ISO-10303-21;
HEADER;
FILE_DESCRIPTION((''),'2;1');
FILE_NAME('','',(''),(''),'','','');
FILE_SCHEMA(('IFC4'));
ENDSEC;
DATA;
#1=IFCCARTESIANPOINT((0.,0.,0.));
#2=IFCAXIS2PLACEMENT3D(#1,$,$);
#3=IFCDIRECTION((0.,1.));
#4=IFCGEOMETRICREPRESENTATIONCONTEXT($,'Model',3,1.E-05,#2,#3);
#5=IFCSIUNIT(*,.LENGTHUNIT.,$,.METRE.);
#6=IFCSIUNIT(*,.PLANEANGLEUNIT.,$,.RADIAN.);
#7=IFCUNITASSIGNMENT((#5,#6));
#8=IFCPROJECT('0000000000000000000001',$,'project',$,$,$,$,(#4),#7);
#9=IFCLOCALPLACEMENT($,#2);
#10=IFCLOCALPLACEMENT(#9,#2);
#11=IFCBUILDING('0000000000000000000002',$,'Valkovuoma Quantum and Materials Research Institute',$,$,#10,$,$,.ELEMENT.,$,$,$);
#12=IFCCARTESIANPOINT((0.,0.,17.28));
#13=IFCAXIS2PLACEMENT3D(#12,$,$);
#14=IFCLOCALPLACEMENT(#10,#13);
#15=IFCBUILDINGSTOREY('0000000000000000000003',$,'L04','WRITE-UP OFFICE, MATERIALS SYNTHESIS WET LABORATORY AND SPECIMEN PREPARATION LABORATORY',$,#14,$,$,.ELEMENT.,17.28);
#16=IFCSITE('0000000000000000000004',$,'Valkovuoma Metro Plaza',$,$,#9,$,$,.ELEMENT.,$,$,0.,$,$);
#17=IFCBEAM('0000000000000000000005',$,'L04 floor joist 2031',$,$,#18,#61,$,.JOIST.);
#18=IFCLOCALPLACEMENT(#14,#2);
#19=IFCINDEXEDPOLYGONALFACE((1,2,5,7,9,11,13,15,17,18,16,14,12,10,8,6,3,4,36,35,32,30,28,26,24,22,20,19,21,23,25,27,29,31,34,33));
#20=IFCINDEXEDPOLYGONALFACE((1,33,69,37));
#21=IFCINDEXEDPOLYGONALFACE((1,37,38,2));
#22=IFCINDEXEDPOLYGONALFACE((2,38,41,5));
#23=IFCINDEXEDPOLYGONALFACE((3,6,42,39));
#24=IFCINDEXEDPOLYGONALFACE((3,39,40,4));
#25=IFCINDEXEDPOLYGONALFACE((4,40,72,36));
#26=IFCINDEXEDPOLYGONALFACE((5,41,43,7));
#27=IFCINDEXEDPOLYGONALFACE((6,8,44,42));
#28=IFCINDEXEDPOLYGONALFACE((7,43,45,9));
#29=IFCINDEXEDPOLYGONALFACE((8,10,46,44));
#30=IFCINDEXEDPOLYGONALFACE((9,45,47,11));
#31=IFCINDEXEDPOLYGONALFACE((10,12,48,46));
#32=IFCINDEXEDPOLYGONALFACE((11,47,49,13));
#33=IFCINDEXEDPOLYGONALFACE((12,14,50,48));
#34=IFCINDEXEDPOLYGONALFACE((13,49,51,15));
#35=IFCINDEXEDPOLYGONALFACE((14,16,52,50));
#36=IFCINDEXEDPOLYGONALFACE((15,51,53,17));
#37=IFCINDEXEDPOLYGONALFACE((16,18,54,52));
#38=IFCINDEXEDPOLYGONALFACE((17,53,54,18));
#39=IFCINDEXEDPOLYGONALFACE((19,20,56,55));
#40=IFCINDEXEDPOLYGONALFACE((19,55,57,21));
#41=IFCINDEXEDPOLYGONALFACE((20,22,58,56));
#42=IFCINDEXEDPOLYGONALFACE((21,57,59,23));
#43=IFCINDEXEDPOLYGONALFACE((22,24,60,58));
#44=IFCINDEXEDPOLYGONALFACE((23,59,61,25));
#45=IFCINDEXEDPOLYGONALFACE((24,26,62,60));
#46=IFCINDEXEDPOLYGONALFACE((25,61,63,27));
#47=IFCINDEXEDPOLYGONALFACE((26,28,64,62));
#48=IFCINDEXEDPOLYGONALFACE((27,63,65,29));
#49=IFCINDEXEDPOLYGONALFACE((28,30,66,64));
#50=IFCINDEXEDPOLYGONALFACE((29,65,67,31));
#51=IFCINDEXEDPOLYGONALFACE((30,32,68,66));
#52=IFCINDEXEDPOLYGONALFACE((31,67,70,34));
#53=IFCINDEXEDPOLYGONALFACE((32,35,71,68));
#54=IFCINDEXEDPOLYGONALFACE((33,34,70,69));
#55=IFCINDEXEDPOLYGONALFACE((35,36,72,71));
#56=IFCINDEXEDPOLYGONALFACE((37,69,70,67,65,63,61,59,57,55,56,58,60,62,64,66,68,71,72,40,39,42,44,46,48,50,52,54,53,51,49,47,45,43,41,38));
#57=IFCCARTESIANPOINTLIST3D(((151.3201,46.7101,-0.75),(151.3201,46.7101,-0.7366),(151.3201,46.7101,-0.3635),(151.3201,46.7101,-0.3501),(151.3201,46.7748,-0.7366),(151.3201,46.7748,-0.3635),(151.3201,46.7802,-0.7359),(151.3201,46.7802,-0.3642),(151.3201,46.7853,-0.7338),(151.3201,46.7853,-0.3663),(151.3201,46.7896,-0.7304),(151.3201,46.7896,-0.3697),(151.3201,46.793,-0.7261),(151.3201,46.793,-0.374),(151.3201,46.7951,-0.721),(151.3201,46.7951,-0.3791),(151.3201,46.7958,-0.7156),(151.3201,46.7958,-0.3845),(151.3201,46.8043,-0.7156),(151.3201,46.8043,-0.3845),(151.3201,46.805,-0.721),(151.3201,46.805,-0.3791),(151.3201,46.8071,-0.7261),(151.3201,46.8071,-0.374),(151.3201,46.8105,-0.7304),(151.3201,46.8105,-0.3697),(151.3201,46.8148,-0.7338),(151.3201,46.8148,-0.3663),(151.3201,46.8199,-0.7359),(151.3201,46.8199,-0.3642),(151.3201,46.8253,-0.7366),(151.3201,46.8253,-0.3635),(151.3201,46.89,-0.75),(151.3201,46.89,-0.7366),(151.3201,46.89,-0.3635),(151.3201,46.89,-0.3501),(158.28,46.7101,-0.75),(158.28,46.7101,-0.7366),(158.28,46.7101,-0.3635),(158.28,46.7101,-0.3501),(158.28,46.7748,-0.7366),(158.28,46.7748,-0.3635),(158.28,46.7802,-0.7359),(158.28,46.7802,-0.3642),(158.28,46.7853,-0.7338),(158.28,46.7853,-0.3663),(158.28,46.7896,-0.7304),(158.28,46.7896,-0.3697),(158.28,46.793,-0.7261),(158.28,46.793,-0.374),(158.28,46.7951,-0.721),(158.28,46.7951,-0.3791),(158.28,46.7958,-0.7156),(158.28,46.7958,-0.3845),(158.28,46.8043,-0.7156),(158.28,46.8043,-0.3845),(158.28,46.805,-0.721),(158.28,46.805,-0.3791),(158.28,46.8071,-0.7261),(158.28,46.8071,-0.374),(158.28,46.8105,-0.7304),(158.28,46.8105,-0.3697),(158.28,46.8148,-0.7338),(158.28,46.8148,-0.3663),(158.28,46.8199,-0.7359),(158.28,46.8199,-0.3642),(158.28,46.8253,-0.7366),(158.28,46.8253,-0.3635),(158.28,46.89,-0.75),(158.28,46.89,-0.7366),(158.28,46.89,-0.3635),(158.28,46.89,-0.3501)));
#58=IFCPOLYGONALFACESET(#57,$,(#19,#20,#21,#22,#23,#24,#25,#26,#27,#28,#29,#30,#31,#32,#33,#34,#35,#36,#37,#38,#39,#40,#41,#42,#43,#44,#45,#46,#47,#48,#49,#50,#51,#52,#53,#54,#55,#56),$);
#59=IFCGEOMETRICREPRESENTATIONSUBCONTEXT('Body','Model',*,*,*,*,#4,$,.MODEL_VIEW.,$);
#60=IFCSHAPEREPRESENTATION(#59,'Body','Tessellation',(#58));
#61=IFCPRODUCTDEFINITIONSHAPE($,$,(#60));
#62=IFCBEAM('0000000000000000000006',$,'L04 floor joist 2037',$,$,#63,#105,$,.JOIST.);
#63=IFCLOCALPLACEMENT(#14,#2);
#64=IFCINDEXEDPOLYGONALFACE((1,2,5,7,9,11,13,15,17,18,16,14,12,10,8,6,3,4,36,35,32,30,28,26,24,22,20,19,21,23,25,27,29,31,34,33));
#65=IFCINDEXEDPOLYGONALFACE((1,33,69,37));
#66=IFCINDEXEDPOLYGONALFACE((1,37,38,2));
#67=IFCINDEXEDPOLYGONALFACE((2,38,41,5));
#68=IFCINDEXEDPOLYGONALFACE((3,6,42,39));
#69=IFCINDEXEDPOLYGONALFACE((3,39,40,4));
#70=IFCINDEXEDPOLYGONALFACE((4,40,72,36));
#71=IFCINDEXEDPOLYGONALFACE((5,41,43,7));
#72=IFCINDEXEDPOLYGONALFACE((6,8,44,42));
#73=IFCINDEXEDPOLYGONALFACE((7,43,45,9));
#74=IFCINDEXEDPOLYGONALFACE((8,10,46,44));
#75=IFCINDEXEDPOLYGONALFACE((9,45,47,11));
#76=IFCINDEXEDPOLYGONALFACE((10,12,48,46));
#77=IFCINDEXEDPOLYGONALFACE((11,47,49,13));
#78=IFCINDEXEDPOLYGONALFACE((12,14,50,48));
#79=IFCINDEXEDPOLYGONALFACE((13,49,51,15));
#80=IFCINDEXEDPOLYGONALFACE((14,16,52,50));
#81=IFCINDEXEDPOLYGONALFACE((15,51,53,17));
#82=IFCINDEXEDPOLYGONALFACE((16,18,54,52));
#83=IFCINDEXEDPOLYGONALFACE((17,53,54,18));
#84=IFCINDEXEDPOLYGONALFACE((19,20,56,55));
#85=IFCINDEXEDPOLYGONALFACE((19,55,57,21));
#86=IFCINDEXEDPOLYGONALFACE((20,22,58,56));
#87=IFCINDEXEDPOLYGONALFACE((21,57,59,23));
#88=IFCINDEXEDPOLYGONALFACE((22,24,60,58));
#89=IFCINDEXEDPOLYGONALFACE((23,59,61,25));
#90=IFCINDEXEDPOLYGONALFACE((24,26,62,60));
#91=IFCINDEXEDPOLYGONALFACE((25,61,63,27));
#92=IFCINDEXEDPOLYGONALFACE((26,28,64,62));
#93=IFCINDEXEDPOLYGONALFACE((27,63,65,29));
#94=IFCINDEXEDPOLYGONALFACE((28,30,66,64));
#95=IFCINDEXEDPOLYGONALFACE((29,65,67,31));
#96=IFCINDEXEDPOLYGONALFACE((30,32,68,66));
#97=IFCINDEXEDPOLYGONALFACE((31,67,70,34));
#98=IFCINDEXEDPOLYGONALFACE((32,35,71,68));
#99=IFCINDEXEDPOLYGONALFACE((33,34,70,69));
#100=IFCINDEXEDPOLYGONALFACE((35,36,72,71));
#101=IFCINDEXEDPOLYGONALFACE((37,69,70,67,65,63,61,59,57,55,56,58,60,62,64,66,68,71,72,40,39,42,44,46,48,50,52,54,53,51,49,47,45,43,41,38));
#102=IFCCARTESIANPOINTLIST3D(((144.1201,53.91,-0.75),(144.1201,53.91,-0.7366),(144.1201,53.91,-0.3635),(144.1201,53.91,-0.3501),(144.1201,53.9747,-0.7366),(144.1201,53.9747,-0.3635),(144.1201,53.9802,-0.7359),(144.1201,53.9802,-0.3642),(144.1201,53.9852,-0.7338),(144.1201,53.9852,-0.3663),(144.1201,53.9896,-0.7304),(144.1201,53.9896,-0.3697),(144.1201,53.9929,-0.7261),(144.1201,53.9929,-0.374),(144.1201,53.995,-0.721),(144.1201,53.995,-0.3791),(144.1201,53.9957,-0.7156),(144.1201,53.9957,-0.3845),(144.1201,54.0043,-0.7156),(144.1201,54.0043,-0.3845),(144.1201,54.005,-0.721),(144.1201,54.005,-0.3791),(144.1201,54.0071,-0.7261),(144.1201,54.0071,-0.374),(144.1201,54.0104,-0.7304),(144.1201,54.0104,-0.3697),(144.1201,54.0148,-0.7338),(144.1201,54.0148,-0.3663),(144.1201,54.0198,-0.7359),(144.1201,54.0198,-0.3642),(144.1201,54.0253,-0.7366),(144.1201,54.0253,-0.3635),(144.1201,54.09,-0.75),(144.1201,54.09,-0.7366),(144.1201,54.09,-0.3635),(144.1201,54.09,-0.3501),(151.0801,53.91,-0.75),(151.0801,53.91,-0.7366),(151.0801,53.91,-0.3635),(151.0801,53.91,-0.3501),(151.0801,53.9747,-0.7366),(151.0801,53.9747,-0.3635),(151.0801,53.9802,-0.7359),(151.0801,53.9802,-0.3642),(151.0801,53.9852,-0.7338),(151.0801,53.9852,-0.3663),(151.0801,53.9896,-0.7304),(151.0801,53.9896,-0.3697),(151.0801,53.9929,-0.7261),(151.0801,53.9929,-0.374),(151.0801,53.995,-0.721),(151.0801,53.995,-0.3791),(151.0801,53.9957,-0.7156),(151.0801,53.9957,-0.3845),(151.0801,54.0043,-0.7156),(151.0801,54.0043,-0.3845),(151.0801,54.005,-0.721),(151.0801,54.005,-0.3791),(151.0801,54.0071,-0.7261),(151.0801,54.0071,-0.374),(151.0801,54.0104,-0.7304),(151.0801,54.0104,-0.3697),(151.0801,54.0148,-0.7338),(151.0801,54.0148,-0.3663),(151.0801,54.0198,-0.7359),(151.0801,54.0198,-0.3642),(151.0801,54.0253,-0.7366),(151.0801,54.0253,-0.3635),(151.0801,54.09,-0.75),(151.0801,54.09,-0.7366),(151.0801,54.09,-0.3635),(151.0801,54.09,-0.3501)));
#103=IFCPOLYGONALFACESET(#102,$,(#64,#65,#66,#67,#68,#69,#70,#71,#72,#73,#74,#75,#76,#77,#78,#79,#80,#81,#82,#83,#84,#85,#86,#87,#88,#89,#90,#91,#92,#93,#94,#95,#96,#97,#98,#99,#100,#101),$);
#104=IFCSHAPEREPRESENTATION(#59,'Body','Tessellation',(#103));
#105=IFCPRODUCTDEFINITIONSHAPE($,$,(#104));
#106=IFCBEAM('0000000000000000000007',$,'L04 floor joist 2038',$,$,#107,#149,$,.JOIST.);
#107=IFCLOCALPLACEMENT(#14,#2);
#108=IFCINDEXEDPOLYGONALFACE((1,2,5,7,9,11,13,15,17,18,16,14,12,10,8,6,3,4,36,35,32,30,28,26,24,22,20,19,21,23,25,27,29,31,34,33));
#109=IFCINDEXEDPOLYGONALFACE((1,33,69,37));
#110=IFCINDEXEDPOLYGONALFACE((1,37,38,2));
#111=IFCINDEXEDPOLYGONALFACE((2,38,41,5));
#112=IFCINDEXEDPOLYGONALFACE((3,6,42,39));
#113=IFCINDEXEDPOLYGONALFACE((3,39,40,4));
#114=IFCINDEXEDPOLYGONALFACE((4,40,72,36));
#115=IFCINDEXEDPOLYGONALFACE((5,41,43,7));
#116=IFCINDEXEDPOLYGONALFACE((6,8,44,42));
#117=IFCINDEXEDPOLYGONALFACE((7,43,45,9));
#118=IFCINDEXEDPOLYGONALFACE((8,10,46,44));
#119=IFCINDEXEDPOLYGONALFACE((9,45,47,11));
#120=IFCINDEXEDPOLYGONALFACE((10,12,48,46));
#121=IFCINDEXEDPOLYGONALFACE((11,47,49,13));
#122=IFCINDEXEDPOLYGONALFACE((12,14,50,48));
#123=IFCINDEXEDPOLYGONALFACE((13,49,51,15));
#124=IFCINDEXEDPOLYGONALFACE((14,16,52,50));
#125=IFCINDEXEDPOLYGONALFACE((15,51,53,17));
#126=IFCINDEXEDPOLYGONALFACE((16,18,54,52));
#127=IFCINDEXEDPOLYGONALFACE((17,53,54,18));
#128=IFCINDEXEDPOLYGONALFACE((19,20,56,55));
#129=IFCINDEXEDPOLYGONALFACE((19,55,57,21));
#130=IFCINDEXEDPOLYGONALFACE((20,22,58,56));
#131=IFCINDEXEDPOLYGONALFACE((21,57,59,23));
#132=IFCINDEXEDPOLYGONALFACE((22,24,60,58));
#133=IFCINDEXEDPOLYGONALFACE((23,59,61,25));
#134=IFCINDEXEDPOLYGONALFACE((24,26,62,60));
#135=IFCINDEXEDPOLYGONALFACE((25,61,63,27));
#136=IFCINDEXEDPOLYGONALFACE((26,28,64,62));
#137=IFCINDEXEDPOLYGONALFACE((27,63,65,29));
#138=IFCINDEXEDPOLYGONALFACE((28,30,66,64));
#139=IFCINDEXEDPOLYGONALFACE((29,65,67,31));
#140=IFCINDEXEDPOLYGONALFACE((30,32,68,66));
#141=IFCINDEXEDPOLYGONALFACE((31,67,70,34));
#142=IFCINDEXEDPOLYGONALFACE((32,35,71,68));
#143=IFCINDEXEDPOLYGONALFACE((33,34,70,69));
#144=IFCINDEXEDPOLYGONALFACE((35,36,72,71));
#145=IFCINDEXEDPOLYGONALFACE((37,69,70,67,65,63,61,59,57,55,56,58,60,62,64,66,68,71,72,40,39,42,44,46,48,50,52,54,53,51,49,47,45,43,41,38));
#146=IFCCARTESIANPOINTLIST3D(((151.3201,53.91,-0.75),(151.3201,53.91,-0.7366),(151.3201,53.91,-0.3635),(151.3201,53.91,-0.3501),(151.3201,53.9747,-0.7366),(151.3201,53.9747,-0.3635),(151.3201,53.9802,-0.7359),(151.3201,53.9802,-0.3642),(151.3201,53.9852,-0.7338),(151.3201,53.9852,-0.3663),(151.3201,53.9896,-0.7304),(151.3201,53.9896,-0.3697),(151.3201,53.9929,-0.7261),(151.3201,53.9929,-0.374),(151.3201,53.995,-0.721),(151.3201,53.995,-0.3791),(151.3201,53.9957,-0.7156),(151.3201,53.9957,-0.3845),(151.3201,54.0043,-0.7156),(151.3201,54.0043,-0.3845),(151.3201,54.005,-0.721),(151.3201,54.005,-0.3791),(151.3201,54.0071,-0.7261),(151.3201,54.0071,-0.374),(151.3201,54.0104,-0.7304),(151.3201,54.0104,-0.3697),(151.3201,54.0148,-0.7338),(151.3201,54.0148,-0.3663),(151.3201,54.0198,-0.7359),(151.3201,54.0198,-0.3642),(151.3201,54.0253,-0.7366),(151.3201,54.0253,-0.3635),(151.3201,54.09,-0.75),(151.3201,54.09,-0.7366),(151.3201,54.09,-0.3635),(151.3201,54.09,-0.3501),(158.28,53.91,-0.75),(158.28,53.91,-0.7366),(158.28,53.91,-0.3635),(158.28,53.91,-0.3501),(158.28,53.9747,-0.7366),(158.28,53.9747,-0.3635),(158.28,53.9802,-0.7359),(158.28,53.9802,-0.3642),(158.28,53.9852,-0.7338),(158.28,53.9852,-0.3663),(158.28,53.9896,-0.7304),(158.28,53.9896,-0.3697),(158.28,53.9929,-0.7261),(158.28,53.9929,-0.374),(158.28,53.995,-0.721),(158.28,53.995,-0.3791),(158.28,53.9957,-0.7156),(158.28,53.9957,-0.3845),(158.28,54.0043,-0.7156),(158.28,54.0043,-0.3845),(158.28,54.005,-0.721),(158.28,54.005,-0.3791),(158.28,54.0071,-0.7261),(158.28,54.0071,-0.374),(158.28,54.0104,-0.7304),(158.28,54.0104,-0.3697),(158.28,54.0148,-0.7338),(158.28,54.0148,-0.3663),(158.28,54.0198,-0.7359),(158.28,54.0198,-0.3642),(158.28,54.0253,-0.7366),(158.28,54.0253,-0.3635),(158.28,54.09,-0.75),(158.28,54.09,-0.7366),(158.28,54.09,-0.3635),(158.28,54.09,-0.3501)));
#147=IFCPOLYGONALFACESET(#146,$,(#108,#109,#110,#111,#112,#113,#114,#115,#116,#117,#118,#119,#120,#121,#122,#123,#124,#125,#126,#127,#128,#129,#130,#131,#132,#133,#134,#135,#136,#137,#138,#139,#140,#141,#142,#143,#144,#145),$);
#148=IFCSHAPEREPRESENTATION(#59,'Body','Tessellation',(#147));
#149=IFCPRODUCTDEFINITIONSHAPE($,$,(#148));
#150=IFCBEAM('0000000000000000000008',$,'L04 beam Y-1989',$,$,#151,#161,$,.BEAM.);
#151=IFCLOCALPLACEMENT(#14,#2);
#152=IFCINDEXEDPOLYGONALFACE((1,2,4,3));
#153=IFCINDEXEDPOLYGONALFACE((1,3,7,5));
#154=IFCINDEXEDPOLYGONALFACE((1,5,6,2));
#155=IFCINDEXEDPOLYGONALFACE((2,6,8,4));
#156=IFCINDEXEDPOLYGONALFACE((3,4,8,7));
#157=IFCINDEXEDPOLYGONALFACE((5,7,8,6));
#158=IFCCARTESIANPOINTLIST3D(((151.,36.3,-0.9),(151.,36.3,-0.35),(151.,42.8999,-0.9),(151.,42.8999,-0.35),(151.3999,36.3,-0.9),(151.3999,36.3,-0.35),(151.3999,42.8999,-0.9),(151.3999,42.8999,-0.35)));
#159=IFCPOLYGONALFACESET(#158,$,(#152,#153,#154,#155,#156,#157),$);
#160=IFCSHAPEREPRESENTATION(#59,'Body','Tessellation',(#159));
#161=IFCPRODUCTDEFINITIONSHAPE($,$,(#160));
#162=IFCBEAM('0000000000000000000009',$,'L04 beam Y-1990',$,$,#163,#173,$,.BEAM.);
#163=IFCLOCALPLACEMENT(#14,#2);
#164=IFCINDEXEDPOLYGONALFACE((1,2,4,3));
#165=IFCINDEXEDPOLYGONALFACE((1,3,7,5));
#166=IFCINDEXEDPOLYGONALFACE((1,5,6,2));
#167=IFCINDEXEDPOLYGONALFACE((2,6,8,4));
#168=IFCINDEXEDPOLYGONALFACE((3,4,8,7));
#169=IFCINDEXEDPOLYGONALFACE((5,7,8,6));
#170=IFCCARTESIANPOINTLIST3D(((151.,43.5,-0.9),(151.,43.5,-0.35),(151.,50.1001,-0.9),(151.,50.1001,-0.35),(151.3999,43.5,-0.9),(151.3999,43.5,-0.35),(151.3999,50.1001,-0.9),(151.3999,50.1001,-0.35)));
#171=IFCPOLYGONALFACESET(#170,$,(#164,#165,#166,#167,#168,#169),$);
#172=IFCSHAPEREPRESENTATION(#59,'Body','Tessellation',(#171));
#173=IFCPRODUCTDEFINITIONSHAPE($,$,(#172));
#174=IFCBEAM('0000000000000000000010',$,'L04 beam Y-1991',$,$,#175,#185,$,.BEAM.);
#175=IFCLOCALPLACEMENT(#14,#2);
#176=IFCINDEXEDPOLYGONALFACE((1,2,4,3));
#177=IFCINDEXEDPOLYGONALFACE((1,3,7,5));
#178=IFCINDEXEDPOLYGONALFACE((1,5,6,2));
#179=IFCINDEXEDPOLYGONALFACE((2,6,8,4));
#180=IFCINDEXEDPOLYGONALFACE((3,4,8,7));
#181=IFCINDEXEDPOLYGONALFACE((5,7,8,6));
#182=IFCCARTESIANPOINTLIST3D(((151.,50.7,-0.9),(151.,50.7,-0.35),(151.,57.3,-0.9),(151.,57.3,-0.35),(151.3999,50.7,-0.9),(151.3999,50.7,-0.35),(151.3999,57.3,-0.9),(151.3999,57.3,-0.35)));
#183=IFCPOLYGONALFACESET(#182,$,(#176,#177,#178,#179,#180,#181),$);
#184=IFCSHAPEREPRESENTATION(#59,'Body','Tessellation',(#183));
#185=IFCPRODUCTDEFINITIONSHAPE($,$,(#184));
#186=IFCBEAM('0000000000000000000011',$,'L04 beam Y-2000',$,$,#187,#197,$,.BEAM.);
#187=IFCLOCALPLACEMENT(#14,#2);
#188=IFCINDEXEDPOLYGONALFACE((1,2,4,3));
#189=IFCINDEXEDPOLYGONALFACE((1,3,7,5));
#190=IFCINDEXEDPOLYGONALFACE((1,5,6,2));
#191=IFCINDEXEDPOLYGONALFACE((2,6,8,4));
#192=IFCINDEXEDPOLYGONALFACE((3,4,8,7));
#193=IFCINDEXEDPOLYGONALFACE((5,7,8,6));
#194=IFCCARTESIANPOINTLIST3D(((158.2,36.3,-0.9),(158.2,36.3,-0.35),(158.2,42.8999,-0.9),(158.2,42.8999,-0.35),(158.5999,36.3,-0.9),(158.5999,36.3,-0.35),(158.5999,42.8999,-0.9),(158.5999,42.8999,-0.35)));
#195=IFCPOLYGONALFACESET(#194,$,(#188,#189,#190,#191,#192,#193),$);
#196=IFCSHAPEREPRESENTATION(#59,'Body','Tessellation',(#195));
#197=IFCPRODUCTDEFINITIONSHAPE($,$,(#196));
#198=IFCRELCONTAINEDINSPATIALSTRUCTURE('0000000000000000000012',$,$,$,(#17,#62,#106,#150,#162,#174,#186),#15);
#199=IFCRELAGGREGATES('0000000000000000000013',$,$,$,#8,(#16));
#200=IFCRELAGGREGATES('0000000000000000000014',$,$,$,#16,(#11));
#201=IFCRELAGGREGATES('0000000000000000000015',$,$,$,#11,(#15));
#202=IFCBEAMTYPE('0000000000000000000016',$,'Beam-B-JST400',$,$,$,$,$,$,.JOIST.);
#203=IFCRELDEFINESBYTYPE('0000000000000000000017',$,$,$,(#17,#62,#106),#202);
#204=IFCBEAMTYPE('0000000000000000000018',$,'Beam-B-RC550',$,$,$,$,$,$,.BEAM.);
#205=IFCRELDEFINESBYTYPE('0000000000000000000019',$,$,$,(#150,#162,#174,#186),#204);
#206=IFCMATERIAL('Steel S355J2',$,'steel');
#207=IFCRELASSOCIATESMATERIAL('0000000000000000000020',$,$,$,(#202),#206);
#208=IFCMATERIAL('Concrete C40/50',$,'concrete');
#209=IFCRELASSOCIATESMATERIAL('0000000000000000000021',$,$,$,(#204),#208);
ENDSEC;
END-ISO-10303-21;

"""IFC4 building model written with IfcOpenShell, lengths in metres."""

from ifc_helpers import new_model, si_unit, direction, frame, origin, origin_2d, place, context, subcontext, project, spatial, rectangle, i_section, extrude, material, material_profile, profile_set, type_object, element, save


model = new_model("IFC4")

# Units and contexts
model_context = context("Model", 3, precision=1e-05, world=origin(), true_north=direction((0.0, 1.0)))
body_context = subcontext(model_context, "Body", "Model", "MODEL_VIEW")
ifc_project = project(units=[si_unit("LENGTHUNIT", "METRE"), si_unit("PLANEANGLEUNIT", "RADIAN")], contexts=[model_context])

# Site, building, storey
site_placement = place(None, origin())
site = spatial("IfcSite", under=ifc_project, at=site_placement, Name="Valkovuoma Metro Plaza", CompositionType="ELEMENT", RefElevation=0.0)
building_placement = place(site_placement, origin())
building = spatial("IfcBuilding", under=site, at=building_placement, Name="Valkovuoma Quantum and Materials Research Institute", CompositionType="ELEMENT")
storey_placement = place(building_placement, frame((0.0, 0.0, 17.28)))
storey = spatial("IfcBuildingStorey", under=building, at=storey_placement, Name="L04", Description="WRITE-UP OFFICE, MATERIALS SYNTHESIS WET LABORATORY AND SPECIMEN PREPARATION LABORATORY", CompositionType="ELEMENT", Elevation=17.28)

# Beams
ifc_material_1 = material(Name="Steel S355J2", Category="steel")
ifc_material_profile_1 = material_profile(ifc_material_1, i_section(OverallWidth=0.1799, OverallDepth=0.3999, WebThickness=0.0085, FlangeThickness=0.0134, FilletRadius=0.021, at=origin_2d()), Name="Steel S355J2")
ifc_profile_set_1 = profile_set([ifc_material_profile_1], Name="Steel S355J2")
beam_type_1 = type_object("IfcBeamType", Name="Beam-B-JST400", PredefinedType="JOIST", material=ifc_profile_set_1)
for number, where, z_axis, x_axis, name in (
    (1, (151.3201, 46.8, -0.55), (1.0, 0.0, 0.0), (0.0, 1.0, 0.0), "L04 floor joist 2031"),
    (2, (144.1201, 54.0, -0.55), (1.0, 0.0, 0.0), (0.0, 1.0, 0.0), "L04 floor joist 2037"),
    (3, (151.3201, 54.0, -0.55), (1.0, 0.0, 0.0), (0.0, 1.0, 0.0), "L04 floor joist 2038"),
):
    element("IfcBeam", number, at=place(storey_placement, frame(where, z_axis=z_axis, x_axis=x_axis)), inside=storey, type_object=beam_type_1, Name=name, PredefinedType="JOIST", context=body_context, shape_type="SweptSolid", body=[
        extrude(i_section(OverallWidth=0.1799, OverallDepth=0.3999, WebThickness=0.0085, FlangeThickness=0.0134, FilletRadius=0.021, at=origin_2d()), origin(), (0.0, 0.0, 1.0), 6.96),
    ])
ifc_material_2 = material(Name="Concrete C40/50", Category="concrete")
ifc_material_profile_2 = material_profile(ifc_material_2, rectangle(XDim=0.3999, YDim=0.55, at=origin_2d()), Name="Concrete C40/50")
ifc_profile_set_2 = profile_set([ifc_material_profile_2], Name="Concrete C40/50")
beam_type_2 = type_object("IfcBeamType", Name="Beam-B-RC550", PredefinedType="BEAM", material=ifc_profile_set_2)
beam_1_placement = place(storey_placement, frame((151.2, 36.3, -0.625), z_axis=(0.0, 1.0, 0.0), x_axis=(-1.0, 0.0, 0.0)))
element("IfcBeam", 4, at=beam_1_placement, inside=storey, type_object=beam_type_2, Name="L04 beam Y-1989", PredefinedType="BEAM", context=body_context, shape_type="SweptSolid", body=[
    extrude(rectangle(XDim=0.3999, YDim=0.55, at=origin_2d()), origin(), (0.0, 0.0, 1.0), 6.5999),
])
for number, where, z_axis, x_axis, name in (
    (5, (151.2, 43.5, -0.625), (0.0, 1.0, 0.0), (-1.0, 0.0, 0.0), "L04 beam Y-1990"),
    (6, (151.2, 50.7, -0.625), (0.0, 1.0, 0.0), (-1.0, 0.0, 0.0), "L04 beam Y-1991"),
):
    element("IfcBeam", number, at=place(storey_placement, frame(where, z_axis=z_axis, x_axis=x_axis)), inside=storey, type_object=beam_type_2, Name=name, PredefinedType="BEAM", context=body_context, shape_type="SweptSolid", body=[
        extrude(rectangle(XDim=0.3999, YDim=0.55, at=origin_2d()), origin(), (0.0, 0.0, 1.0), 6.6001),
    ])
beam_2_placement = place(storey_placement, frame((158.3999, 36.3, -0.625), z_axis=(0.0, 1.0, 0.0), x_axis=(-1.0, 0.0, 0.0)))
element("IfcBeam", 7, at=beam_2_placement, inside=storey, type_object=beam_type_2, Name="L04 beam Y-2000", PredefinedType="BEAM", context=body_context, shape_type="SweptSolid", body=[
    extrude(rectangle(XDim=0.3999, YDim=0.55, at=origin_2d()), origin(), (0.0, 0.0, 1.0), 6.5999),
])

save(model, "model.ifc")
